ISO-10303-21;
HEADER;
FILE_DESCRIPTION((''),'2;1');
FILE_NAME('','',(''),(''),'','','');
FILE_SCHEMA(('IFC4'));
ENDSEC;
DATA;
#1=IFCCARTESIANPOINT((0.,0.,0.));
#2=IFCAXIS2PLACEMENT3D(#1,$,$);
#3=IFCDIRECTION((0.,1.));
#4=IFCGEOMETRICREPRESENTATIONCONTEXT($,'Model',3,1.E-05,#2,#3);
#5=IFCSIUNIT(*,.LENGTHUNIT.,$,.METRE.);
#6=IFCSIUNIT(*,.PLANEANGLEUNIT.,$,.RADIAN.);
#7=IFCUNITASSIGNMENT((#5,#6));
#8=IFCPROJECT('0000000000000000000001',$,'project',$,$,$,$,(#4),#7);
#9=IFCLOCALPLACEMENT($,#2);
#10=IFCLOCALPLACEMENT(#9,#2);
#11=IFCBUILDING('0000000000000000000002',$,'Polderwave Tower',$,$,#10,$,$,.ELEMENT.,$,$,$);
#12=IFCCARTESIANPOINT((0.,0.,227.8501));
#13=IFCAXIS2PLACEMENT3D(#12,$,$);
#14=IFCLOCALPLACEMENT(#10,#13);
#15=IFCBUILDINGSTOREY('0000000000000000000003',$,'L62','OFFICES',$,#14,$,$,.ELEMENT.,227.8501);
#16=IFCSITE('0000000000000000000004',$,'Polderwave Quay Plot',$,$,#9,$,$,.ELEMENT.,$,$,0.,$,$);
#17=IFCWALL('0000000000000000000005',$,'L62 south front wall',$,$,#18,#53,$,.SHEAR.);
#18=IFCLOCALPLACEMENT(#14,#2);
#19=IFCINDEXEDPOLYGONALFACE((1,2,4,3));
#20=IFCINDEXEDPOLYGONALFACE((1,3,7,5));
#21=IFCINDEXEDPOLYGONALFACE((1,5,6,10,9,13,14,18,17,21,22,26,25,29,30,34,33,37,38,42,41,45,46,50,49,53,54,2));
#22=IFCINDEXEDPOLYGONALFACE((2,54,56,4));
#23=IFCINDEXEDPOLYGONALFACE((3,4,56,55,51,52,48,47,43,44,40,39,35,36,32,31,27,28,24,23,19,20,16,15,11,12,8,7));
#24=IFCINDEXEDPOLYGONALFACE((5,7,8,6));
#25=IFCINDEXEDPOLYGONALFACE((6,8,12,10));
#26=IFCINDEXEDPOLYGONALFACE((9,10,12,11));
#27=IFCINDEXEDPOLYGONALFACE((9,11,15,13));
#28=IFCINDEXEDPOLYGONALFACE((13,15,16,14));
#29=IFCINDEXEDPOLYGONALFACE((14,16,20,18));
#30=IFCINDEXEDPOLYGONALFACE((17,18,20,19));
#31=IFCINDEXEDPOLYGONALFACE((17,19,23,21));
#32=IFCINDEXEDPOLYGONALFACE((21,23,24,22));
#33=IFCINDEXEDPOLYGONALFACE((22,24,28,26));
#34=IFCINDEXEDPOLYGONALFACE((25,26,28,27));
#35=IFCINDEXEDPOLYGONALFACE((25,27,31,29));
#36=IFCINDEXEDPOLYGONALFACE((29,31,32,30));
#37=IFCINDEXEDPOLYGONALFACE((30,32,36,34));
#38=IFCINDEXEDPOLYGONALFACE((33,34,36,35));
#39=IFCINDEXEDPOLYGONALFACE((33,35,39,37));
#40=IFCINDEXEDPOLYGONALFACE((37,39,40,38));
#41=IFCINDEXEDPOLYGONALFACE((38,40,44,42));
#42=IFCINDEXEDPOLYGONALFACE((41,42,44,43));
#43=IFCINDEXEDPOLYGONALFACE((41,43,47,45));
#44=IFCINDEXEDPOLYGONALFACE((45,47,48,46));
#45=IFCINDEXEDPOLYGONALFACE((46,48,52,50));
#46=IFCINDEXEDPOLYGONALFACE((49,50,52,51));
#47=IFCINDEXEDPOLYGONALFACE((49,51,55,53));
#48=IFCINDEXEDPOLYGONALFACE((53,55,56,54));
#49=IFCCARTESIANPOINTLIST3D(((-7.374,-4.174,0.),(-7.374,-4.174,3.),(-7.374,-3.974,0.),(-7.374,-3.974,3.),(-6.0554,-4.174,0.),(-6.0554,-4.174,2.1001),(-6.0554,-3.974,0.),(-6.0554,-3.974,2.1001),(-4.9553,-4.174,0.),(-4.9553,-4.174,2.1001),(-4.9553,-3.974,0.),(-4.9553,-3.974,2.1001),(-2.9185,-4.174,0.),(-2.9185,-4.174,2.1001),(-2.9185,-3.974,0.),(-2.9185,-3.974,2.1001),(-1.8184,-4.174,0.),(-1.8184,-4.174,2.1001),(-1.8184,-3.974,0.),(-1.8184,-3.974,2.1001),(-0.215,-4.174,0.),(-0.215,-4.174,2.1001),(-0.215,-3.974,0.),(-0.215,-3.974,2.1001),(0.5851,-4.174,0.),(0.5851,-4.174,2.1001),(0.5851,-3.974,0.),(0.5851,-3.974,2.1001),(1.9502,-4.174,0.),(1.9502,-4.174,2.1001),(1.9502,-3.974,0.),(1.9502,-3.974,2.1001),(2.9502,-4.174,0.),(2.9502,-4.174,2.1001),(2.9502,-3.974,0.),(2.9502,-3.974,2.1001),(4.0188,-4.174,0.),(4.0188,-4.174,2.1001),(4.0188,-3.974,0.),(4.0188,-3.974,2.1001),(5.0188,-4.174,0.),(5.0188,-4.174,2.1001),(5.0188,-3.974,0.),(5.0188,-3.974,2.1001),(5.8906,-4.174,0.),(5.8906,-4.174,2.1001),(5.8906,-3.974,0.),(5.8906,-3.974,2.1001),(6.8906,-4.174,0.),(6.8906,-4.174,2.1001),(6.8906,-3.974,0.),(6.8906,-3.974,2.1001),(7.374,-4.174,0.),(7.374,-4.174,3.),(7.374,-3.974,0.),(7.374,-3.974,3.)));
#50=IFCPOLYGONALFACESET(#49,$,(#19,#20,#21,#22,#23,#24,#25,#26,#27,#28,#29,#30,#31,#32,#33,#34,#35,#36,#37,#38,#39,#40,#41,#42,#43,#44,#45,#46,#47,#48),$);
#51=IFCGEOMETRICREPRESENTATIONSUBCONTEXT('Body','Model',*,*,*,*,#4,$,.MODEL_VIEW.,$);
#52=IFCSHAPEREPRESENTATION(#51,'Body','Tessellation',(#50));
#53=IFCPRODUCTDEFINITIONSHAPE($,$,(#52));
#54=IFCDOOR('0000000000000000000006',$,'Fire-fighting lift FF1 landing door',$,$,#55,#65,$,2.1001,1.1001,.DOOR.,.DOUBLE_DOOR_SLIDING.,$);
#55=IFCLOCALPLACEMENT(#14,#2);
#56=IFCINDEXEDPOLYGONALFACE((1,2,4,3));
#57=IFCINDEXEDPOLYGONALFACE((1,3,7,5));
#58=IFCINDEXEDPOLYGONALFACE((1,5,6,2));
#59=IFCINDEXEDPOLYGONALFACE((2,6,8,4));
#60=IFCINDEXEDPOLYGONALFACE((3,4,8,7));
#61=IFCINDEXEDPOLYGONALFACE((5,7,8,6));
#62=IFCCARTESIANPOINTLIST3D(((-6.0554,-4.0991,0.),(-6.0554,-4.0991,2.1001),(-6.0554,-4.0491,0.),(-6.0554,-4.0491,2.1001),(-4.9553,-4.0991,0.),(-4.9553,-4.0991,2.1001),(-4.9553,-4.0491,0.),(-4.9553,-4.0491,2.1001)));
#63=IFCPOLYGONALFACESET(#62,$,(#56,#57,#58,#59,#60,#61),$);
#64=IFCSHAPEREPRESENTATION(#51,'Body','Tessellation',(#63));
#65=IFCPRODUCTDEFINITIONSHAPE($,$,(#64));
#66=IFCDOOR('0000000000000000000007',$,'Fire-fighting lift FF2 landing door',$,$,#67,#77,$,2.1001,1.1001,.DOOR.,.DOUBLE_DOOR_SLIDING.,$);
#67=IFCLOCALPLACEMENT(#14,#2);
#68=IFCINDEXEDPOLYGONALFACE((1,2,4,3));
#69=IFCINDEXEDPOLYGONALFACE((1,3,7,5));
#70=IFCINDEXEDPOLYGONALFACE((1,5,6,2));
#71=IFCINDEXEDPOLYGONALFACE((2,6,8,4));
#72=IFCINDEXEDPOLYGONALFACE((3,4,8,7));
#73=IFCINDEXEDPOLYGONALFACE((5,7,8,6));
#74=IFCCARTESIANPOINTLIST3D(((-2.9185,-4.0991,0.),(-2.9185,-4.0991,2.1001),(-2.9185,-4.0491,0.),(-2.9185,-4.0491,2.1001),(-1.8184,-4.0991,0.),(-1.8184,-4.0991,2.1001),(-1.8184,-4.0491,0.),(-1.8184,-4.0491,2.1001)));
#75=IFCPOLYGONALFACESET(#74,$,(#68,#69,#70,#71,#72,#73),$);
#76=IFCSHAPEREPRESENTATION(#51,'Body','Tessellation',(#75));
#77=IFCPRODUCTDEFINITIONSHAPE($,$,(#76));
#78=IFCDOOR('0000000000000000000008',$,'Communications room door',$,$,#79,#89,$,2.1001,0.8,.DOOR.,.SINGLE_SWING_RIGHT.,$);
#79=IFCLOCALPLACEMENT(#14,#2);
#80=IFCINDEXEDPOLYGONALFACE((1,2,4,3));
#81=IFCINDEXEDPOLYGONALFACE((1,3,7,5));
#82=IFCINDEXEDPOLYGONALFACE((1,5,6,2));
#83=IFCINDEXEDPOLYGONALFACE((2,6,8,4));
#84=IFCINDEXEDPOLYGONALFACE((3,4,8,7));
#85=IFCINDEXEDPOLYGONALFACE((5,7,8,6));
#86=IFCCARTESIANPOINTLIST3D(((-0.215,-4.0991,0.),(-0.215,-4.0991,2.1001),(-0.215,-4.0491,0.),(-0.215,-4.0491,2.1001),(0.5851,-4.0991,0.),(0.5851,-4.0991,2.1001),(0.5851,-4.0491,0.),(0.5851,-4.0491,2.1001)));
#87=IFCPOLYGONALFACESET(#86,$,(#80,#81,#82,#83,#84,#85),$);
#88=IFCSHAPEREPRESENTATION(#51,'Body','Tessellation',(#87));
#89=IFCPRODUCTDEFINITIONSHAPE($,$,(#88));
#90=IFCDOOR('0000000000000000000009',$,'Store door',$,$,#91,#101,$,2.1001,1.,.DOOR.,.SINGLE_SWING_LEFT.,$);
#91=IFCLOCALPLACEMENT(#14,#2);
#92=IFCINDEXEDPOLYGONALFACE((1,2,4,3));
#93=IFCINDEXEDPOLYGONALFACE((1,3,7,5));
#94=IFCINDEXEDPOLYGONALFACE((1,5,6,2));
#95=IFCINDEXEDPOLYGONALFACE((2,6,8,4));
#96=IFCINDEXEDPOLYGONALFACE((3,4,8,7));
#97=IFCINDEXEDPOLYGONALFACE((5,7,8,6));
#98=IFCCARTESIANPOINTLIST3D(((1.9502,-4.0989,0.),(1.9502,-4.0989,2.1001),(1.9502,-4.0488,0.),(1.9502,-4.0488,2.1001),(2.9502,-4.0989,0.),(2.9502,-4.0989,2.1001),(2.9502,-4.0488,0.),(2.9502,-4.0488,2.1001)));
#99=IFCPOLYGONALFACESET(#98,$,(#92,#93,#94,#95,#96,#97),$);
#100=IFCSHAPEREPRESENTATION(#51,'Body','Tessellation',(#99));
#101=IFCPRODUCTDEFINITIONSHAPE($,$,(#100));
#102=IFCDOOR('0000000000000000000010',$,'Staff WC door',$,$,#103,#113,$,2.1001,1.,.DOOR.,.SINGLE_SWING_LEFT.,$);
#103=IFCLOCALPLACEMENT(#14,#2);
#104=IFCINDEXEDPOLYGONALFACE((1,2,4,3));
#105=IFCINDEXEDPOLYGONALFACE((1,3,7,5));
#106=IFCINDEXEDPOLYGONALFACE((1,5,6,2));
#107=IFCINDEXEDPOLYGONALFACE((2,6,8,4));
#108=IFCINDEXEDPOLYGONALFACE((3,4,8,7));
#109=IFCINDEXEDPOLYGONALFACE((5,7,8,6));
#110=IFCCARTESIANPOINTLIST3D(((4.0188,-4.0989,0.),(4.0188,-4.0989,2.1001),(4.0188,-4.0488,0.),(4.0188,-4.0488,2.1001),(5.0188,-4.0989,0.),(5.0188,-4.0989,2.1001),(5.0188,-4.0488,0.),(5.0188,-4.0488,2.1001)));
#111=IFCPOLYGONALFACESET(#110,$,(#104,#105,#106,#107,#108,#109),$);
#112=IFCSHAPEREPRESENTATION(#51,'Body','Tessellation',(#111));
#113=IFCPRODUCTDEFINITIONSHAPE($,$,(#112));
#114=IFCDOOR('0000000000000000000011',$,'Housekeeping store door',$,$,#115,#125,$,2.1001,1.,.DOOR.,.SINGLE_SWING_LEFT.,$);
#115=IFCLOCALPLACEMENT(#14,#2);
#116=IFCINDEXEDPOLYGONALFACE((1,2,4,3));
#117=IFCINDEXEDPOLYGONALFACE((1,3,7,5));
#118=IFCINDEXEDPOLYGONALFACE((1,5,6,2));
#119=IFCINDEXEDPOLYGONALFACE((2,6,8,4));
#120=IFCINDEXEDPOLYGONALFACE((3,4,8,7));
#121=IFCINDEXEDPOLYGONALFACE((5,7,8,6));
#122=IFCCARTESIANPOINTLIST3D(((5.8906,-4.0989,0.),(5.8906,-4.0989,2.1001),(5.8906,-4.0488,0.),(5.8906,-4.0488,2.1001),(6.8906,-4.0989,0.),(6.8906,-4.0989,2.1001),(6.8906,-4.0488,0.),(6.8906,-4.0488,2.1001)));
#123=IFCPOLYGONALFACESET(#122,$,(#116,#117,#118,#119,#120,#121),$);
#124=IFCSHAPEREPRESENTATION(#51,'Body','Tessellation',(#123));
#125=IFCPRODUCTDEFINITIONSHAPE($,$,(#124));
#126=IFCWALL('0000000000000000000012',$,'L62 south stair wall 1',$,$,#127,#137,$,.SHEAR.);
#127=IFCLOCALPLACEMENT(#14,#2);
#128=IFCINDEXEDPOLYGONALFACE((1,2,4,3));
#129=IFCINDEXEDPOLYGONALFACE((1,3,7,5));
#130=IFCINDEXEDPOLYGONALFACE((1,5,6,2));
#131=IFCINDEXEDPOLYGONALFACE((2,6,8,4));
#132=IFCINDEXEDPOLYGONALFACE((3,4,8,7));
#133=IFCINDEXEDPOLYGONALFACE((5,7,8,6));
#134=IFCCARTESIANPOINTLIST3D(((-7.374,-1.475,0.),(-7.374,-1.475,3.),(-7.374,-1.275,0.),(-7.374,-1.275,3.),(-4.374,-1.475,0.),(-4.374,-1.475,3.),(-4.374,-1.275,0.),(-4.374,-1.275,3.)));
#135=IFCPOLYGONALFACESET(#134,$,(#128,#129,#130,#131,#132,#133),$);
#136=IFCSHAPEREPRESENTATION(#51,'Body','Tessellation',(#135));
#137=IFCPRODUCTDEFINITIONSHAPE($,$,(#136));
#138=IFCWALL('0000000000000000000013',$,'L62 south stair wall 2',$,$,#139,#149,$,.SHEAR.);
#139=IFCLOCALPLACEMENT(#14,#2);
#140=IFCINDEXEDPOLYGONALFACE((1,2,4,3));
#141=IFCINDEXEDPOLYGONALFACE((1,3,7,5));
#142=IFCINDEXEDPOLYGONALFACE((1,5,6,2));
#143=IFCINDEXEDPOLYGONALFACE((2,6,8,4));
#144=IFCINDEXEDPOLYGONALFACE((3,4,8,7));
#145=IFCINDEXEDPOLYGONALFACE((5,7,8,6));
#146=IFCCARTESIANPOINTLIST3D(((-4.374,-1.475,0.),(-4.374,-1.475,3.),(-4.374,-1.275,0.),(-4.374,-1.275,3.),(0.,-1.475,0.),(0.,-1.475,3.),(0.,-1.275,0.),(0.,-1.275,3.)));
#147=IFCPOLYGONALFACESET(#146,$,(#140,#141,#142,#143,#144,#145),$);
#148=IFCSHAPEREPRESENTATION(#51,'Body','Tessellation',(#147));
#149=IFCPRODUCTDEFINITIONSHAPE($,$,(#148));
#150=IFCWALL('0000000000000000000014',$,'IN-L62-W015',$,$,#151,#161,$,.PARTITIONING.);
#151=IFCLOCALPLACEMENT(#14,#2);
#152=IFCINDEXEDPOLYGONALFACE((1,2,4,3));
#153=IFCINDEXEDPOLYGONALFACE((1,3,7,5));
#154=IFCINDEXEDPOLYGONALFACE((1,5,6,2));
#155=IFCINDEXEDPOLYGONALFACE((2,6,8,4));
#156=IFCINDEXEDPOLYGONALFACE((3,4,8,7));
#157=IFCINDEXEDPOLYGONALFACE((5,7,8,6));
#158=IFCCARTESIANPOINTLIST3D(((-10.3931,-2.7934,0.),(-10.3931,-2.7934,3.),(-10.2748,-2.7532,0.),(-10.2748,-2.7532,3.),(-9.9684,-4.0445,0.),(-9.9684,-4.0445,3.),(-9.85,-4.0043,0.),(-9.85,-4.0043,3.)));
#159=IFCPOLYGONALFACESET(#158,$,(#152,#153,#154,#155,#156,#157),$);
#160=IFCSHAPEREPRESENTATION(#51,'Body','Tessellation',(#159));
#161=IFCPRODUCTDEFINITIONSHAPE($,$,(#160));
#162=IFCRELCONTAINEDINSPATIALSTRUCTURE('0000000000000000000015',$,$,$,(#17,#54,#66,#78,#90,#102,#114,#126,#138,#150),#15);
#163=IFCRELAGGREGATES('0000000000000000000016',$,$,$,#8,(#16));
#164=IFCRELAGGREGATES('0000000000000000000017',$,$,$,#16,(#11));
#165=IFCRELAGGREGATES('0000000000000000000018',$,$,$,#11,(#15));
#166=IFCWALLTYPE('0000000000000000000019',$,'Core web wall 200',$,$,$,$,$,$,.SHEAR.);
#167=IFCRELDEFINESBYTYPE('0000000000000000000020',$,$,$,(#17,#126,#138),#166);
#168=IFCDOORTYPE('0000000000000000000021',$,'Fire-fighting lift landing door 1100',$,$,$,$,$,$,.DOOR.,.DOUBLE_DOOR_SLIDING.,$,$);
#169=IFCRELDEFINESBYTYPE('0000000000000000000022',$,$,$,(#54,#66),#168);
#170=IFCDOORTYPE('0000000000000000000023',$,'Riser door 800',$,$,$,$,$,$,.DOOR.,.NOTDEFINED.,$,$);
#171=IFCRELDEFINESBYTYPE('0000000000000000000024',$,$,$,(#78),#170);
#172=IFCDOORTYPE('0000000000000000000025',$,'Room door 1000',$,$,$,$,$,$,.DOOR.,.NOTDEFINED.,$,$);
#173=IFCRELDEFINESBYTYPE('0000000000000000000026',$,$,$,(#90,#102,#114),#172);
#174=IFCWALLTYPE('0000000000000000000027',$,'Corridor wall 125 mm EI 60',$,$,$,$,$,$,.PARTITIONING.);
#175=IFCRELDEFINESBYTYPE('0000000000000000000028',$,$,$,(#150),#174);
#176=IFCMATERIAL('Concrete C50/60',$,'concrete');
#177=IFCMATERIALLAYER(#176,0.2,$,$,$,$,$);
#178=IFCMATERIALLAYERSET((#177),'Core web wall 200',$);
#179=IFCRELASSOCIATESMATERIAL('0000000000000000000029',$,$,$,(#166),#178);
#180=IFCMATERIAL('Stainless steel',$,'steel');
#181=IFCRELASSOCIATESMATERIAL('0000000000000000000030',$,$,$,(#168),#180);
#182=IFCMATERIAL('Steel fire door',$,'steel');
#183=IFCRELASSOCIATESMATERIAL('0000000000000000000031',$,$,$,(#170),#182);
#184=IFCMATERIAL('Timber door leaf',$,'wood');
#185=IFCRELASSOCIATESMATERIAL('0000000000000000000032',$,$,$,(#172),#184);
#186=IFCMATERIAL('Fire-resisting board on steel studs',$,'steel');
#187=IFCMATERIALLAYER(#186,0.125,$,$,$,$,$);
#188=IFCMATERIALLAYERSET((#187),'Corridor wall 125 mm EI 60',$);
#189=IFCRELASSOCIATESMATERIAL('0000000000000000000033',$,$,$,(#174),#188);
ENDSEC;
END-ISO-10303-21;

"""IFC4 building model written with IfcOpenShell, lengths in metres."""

from ifc_helpers import new_model, si_unit, direction, frame, frame_2d, origin, place, context, subcontext, project, spatial, rectangle, extrude, material, layer, layer_set, type_object, element, fill, save


model = new_model("IFC4")

# Units and contexts
model_context = context("Model", 3, precision=1e-05, world=origin(), true_north=direction((0.0, 1.0)))
body_context = subcontext(model_context, "Body", "Model", "MODEL_VIEW")
ifc_project = project(units=[si_unit("LENGTHUNIT", "METRE"), si_unit("PLANEANGLEUNIT", "RADIAN")], contexts=[model_context])

# Site, building, storey
site_placement = place(None, origin())
site = spatial("IfcSite", under=ifc_project, at=site_placement, Name="Polderwave Quay Plot", CompositionType="ELEMENT", RefElevation=0.0)
building_placement = place(site_placement, origin())
building = spatial("IfcBuilding", under=site, at=building_placement, Name="Polderwave Tower", CompositionType="ELEMENT")
storey_placement = place(building_placement, frame((0.0, 0.0, 227.8501)))
storey = spatial("IfcBuildingStorey", under=building, at=storey_placement, Name="L62", Description="OFFICES", CompositionType="ELEMENT", Elevation=227.8501)

# Wall, openings, doors
ifc_material_1 = material(Name="Steel fire door", Category="steel")
ifc_material_2 = material(Name="Concrete C50/60", Category="concrete")
ifc_layer_1 = layer(ifc_material_2, 0.2)
ifc_layer_set_1 = layer_set([ifc_layer_1], Name="Core web wall 200")
wall_type_1 = type_object("IfcWallType", Name="Core web wall 200", PredefinedType="SHEAR", material=ifc_layer_set_1)
wall_1_placement = place(storey_placement, frame((-7.374, -4.074, 0.0), z_axis=(0.0, 0.0, 1.0), x_axis=(1.0, 0.0, 0.0)))
wall_1 = element("IfcWall", 1, at=wall_1_placement, inside=storey, type_object=wall_type_1, Name="L62 south front wall", PredefinedType="SHEAR", context=body_context, shape_type="SweptSolid", body=[
    extrude(rectangle(XDim=14.748, YDim=0.2, at=frame_2d((7.374, 0.0))), origin(), (0.0, 0.0, 1.0), 3.0),
])
opening_1_placement = place(wall_1_placement, frame((1.3186, 0.0, 0.0)))
opening_1 = element("IfcOpeningElement", 2, at=opening_1_placement, cuts=wall_1, PredefinedType="OPENING", context=body_context, shape_type="SweptSolid", body=[
    extrude(rectangle(XDim=1.1001, YDim=2.1001, at=frame_2d((0.55, 1.05))), frame((0.0, 0.1099, 0.0), z_axis=(0.0, -1.0, 0.0), x_axis=(1.0, 0.0, 0.0)), (0.0, 0.0, 1.0), 0.22),
])
opening_2_placement = place(wall_1_placement, frame((4.4556, 0.0, 0.0)))
opening_2 = element("IfcOpeningElement", 3, at=opening_2_placement, cuts=wall_1, PredefinedType="OPENING", context=body_context, shape_type="SweptSolid", body=[
    extrude(rectangle(XDim=1.1001, YDim=2.1001, at=frame_2d((0.55, 1.05))), frame((0.0, 0.1099, 0.0), z_axis=(0.0, -1.0, 0.0), x_axis=(1.0, 0.0, 0.0)), (0.0, 0.0, 1.0), 0.22),
])
opening_3_placement = place(wall_1_placement, frame((7.1592, 0.0, 0.0)))
opening_3 = element("IfcOpeningElement", 4, at=opening_3_placement, cuts=wall_1, PredefinedType="OPENING", context=body_context, shape_type="SweptSolid", body=[
    extrude(rectangle(XDim=0.8, YDim=2.1001, at=frame_2d((0.3999, 1.05))), frame((0.0, 0.1099, 0.0), z_axis=(0.0, -1.0, 0.0), x_axis=(1.0, 0.0, 0.0)), (0.0, 0.0, 1.0), 0.22),
])
opening_4_placement = place(wall_1_placement, frame((9.3242, 0.0, 0.0)))
opening_4 = element("IfcOpeningElement", 5, at=opening_4_placement, cuts=wall_1, PredefinedType="OPENING", context=body_context, shape_type="SweptSolid", body=[
    extrude(rectangle(XDim=1.0, YDim=2.1001, at=frame_2d((0.5, 1.05))), frame((0.0, 0.1099, 0.0), z_axis=(0.0, -1.0, 0.0), x_axis=(1.0, 0.0, 0.0)), (0.0, 0.0, 1.0), 0.22),
])
opening_5_placement = place(wall_1_placement, frame((11.3928, 0.0, 0.0)))
opening_5 = element("IfcOpeningElement", 6, at=opening_5_placement, cuts=wall_1, PredefinedType="OPENING", context=body_context, shape_type="SweptSolid", body=[
    extrude(rectangle(XDim=1.0, YDim=2.1001, at=frame_2d((0.5, 1.05))), frame((0.0, 0.1099, 0.0), z_axis=(0.0, -1.0, 0.0), x_axis=(1.0, 0.0, 0.0)), (0.0, 0.0, 1.0), 0.22),
])
opening_6_placement = place(wall_1_placement, frame((13.2646, 0.0, 0.0)))
opening_6 = element("IfcOpeningElement", 7, at=opening_6_placement, cuts=wall_1, PredefinedType="OPENING", context=body_context, shape_type="SweptSolid", body=[
    extrude(rectangle(XDim=1.0, YDim=2.1001, at=frame_2d((0.5, 1.05))), frame((0.0, 0.1099, 0.0), z_axis=(0.0, -1.0, 0.0), x_axis=(1.0, 0.0, 0.0)), (0.0, 0.0, 1.0), 0.22),
])
ifc_material_3 = material(Name="Stainless steel", Category="steel")
door_type_1 = type_object("IfcDoorType", Name="Fire-fighting lift landing door 1100", OperationType="DOUBLE_DOOR_SLIDING", PredefinedType="DOOR", material=ifc_material_3)
door_1_placement = place(opening_1_placement, origin())
door_1 = element("IfcDoor", 8, at=door_1_placement, inside=storey, type_object=door_type_1, Name="Fire-fighting lift FF1 landing door", OperationType="DOUBLE_DOOR_SLIDING", OverallHeight=2.1001, OverallWidth=1.1001, PredefinedType="DOOR", context=body_context, shape_type="SweptSolid", body=[
    extrude(rectangle(XDim=1.1001, YDim=2.1001, at=frame_2d((0.55, 1.05))), frame((0.0, 0.0249, 0.0), z_axis=(0.0, -1.0, 0.0), x_axis=(1.0, 0.0, 0.0)), (0.0, 0.0, 1.0), 0.05),
])
fill(opening_1, door_1)
door_2_placement = place(opening_2_placement, origin())
door_2 = element("IfcDoor", 9, at=door_2_placement, inside=storey, type_object=door_type_1, Name="Fire-fighting lift FF2 landing door", OperationType="DOUBLE_DOOR_SLIDING", OverallHeight=2.1001, OverallWidth=1.1001, PredefinedType="DOOR", context=body_context, shape_type="SweptSolid", body=[
    extrude(rectangle(XDim=1.1001, YDim=2.1001, at=frame_2d((0.55, 1.05))), frame((0.0, 0.0249, 0.0), z_axis=(0.0, -1.0, 0.0), x_axis=(1.0, 0.0, 0.0)), (0.0, 0.0, 1.0), 0.05),
])
fill(opening_2, door_2)
door_type_2 = type_object("IfcDoorType", Name="Riser door 800", OperationType="NOTDEFINED", PredefinedType="DOOR", material=ifc_material_1)
door_3_placement = place(opening_3_placement, origin())
door_3 = element("IfcDoor", 10, at=door_3_placement, inside=storey, type_object=door_type_2, Name="Communications room door", OperationType="SINGLE_SWING_RIGHT", OverallHeight=2.1001, OverallWidth=0.8, PredefinedType="DOOR", context=body_context, shape_type="SweptSolid", body=[
    extrude(rectangle(XDim=0.8, YDim=2.1001, at=frame_2d((0.3999, 1.05))), frame((0.0, 0.0249, 0.0), z_axis=(0.0, -1.0, 0.0), x_axis=(1.0, 0.0, 0.0)), (0.0, 0.0, 1.0), 0.05),
])
fill(opening_3, door_3)
ifc_material_4 = material(Name="Timber door leaf", Category="wood")
door_type_3 = type_object("IfcDoorType", Name="Room door 1000", OperationType="NOTDEFINED", PredefinedType="DOOR", material=ifc_material_4)
door_4_placement = place(opening_4_placement, frame((1.0, 0.0, 0.0), z_axis=(0.0, 0.0, 1.0), x_axis=(-1.0, 0.0, 0.0)))
door_4 = element("IfcDoor", 11, at=door_4_placement, inside=storey, type_object=door_type_3, Name="Store door", OperationType="SINGLE_SWING_LEFT", OverallHeight=2.1001, OverallWidth=1.0, PredefinedType="DOOR", context=body_context, shape_type="SweptSolid", body=[
    extrude(rectangle(XDim=1.0, YDim=2.1001, at=frame_2d((0.5, 1.05))), frame((0.0, 0.0249, 0.0), z_axis=(0.0, -1.0, 0.0), x_axis=(1.0, 0.0, 0.0)), (0.0, 0.0, 1.0), 0.05),
])
fill(opening_4, door_4)
door_5_placement = place(opening_5_placement, frame((1.0, 0.0, 0.0), z_axis=(0.0, 0.0, 1.0), x_axis=(-1.0, 0.0, 0.0)))
door_5 = element("IfcDoor", 12, at=door_5_placement, inside=storey, type_object=door_type_3, Name="Staff WC door", OperationType="SINGLE_SWING_LEFT", OverallHeight=2.1001, OverallWidth=1.0, PredefinedType="DOOR", context=body_context, shape_type="SweptSolid", body=[
    extrude(rectangle(XDim=1.0, YDim=2.1001, at=frame_2d((0.5, 1.05))), frame((0.0, 0.0249, 0.0), z_axis=(0.0, -1.0, 0.0), x_axis=(1.0, 0.0, 0.0)), (0.0, 0.0, 1.0), 0.05),
])
fill(opening_5, door_5)
door_6_placement = place(opening_6_placement, frame((1.0, 0.0, 0.0), z_axis=(0.0, 0.0, 1.0), x_axis=(-1.0, 0.0, 0.0)))
door_6 = element("IfcDoor", 13, at=door_6_placement, inside=storey, type_object=door_type_3, Name="Housekeeping store door", OperationType="SINGLE_SWING_LEFT", OverallHeight=2.1001, OverallWidth=1.0, PredefinedType="DOOR", context=body_context, shape_type="SweptSolid", body=[
    extrude(rectangle(XDim=1.0, YDim=2.1001, at=frame_2d((0.5, 1.05))), frame((0.0, 0.0249, 0.0), z_axis=(0.0, -1.0, 0.0), x_axis=(1.0, 0.0, 0.0)), (0.0, 0.0, 1.0), 0.05),
])
fill(opening_6, door_6)

# Walls
wall_2_placement = place(storey_placement, frame((-7.374, -1.375, 0.0), z_axis=(0.0, 0.0, 1.0), x_axis=(1.0, 0.0, 0.0)))
element("IfcWall", 14, at=wall_2_placement, inside=storey, type_object=wall_type_1, Name="L62 south stair wall 1", PredefinedType="SHEAR", context=body_context, shape_type="SweptSolid", body=[
    extrude(rectangle(XDim=3.0, YDim=0.2, at=frame_2d((1.5, 0.0))), origin(), (0.0, 0.0, 1.0), 3.0),
])
wall_3_placement = place(storey_placement, frame((-4.374, -1.375, 0.0), z_axis=(0.0, 0.0, 1.0), x_axis=(1.0, 0.0, 0.0)))
element("IfcWall", 15, at=wall_3_placement, inside=storey, type_object=wall_type_1, Name="L62 south stair wall 2", PredefinedType="SHEAR", context=body_context, shape_type="SweptSolid", body=[
    extrude(rectangle(XDim=4.374, YDim=0.2, at=frame_2d((2.187, 0.0))), origin(), (0.0, 0.0, 1.0), 3.0),
])
ifc_material_5 = material(Name="Fire-resisting board on steel studs", Category="steel")
ifc_layer_2 = layer(ifc_material_5, 0.125)
ifc_layer_set_2 = layer_set([ifc_layer_2], Name="Corridor wall 125 mm EI 60")
wall_type_2 = type_object("IfcWallType", Name="Corridor wall 125 mm EI 60", PredefinedType="PARTITIONING", material=ifc_layer_set_2)
wall_4_placement = place(storey_placement, frame((-9.9092, -4.0244, 0.0), z_axis=(0.0, 0.0, 1.0), x_axis=(-0.321489, 0.946913, 0.0)))
element("IfcWall", 16, at=wall_4_placement, inside=storey, type_object=wall_type_2, Name="IN-L62-W015", PredefinedType="PARTITIONING", context=body_context, shape_type="SweptSolid", body=[
    extrude(rectangle(XDim=1.3213, YDim=0.125, at=frame_2d((0.6606, 0.0))), origin(), (0.0, 0.0, 1.0), 3.0),
])

save(model, "model.ifc")
